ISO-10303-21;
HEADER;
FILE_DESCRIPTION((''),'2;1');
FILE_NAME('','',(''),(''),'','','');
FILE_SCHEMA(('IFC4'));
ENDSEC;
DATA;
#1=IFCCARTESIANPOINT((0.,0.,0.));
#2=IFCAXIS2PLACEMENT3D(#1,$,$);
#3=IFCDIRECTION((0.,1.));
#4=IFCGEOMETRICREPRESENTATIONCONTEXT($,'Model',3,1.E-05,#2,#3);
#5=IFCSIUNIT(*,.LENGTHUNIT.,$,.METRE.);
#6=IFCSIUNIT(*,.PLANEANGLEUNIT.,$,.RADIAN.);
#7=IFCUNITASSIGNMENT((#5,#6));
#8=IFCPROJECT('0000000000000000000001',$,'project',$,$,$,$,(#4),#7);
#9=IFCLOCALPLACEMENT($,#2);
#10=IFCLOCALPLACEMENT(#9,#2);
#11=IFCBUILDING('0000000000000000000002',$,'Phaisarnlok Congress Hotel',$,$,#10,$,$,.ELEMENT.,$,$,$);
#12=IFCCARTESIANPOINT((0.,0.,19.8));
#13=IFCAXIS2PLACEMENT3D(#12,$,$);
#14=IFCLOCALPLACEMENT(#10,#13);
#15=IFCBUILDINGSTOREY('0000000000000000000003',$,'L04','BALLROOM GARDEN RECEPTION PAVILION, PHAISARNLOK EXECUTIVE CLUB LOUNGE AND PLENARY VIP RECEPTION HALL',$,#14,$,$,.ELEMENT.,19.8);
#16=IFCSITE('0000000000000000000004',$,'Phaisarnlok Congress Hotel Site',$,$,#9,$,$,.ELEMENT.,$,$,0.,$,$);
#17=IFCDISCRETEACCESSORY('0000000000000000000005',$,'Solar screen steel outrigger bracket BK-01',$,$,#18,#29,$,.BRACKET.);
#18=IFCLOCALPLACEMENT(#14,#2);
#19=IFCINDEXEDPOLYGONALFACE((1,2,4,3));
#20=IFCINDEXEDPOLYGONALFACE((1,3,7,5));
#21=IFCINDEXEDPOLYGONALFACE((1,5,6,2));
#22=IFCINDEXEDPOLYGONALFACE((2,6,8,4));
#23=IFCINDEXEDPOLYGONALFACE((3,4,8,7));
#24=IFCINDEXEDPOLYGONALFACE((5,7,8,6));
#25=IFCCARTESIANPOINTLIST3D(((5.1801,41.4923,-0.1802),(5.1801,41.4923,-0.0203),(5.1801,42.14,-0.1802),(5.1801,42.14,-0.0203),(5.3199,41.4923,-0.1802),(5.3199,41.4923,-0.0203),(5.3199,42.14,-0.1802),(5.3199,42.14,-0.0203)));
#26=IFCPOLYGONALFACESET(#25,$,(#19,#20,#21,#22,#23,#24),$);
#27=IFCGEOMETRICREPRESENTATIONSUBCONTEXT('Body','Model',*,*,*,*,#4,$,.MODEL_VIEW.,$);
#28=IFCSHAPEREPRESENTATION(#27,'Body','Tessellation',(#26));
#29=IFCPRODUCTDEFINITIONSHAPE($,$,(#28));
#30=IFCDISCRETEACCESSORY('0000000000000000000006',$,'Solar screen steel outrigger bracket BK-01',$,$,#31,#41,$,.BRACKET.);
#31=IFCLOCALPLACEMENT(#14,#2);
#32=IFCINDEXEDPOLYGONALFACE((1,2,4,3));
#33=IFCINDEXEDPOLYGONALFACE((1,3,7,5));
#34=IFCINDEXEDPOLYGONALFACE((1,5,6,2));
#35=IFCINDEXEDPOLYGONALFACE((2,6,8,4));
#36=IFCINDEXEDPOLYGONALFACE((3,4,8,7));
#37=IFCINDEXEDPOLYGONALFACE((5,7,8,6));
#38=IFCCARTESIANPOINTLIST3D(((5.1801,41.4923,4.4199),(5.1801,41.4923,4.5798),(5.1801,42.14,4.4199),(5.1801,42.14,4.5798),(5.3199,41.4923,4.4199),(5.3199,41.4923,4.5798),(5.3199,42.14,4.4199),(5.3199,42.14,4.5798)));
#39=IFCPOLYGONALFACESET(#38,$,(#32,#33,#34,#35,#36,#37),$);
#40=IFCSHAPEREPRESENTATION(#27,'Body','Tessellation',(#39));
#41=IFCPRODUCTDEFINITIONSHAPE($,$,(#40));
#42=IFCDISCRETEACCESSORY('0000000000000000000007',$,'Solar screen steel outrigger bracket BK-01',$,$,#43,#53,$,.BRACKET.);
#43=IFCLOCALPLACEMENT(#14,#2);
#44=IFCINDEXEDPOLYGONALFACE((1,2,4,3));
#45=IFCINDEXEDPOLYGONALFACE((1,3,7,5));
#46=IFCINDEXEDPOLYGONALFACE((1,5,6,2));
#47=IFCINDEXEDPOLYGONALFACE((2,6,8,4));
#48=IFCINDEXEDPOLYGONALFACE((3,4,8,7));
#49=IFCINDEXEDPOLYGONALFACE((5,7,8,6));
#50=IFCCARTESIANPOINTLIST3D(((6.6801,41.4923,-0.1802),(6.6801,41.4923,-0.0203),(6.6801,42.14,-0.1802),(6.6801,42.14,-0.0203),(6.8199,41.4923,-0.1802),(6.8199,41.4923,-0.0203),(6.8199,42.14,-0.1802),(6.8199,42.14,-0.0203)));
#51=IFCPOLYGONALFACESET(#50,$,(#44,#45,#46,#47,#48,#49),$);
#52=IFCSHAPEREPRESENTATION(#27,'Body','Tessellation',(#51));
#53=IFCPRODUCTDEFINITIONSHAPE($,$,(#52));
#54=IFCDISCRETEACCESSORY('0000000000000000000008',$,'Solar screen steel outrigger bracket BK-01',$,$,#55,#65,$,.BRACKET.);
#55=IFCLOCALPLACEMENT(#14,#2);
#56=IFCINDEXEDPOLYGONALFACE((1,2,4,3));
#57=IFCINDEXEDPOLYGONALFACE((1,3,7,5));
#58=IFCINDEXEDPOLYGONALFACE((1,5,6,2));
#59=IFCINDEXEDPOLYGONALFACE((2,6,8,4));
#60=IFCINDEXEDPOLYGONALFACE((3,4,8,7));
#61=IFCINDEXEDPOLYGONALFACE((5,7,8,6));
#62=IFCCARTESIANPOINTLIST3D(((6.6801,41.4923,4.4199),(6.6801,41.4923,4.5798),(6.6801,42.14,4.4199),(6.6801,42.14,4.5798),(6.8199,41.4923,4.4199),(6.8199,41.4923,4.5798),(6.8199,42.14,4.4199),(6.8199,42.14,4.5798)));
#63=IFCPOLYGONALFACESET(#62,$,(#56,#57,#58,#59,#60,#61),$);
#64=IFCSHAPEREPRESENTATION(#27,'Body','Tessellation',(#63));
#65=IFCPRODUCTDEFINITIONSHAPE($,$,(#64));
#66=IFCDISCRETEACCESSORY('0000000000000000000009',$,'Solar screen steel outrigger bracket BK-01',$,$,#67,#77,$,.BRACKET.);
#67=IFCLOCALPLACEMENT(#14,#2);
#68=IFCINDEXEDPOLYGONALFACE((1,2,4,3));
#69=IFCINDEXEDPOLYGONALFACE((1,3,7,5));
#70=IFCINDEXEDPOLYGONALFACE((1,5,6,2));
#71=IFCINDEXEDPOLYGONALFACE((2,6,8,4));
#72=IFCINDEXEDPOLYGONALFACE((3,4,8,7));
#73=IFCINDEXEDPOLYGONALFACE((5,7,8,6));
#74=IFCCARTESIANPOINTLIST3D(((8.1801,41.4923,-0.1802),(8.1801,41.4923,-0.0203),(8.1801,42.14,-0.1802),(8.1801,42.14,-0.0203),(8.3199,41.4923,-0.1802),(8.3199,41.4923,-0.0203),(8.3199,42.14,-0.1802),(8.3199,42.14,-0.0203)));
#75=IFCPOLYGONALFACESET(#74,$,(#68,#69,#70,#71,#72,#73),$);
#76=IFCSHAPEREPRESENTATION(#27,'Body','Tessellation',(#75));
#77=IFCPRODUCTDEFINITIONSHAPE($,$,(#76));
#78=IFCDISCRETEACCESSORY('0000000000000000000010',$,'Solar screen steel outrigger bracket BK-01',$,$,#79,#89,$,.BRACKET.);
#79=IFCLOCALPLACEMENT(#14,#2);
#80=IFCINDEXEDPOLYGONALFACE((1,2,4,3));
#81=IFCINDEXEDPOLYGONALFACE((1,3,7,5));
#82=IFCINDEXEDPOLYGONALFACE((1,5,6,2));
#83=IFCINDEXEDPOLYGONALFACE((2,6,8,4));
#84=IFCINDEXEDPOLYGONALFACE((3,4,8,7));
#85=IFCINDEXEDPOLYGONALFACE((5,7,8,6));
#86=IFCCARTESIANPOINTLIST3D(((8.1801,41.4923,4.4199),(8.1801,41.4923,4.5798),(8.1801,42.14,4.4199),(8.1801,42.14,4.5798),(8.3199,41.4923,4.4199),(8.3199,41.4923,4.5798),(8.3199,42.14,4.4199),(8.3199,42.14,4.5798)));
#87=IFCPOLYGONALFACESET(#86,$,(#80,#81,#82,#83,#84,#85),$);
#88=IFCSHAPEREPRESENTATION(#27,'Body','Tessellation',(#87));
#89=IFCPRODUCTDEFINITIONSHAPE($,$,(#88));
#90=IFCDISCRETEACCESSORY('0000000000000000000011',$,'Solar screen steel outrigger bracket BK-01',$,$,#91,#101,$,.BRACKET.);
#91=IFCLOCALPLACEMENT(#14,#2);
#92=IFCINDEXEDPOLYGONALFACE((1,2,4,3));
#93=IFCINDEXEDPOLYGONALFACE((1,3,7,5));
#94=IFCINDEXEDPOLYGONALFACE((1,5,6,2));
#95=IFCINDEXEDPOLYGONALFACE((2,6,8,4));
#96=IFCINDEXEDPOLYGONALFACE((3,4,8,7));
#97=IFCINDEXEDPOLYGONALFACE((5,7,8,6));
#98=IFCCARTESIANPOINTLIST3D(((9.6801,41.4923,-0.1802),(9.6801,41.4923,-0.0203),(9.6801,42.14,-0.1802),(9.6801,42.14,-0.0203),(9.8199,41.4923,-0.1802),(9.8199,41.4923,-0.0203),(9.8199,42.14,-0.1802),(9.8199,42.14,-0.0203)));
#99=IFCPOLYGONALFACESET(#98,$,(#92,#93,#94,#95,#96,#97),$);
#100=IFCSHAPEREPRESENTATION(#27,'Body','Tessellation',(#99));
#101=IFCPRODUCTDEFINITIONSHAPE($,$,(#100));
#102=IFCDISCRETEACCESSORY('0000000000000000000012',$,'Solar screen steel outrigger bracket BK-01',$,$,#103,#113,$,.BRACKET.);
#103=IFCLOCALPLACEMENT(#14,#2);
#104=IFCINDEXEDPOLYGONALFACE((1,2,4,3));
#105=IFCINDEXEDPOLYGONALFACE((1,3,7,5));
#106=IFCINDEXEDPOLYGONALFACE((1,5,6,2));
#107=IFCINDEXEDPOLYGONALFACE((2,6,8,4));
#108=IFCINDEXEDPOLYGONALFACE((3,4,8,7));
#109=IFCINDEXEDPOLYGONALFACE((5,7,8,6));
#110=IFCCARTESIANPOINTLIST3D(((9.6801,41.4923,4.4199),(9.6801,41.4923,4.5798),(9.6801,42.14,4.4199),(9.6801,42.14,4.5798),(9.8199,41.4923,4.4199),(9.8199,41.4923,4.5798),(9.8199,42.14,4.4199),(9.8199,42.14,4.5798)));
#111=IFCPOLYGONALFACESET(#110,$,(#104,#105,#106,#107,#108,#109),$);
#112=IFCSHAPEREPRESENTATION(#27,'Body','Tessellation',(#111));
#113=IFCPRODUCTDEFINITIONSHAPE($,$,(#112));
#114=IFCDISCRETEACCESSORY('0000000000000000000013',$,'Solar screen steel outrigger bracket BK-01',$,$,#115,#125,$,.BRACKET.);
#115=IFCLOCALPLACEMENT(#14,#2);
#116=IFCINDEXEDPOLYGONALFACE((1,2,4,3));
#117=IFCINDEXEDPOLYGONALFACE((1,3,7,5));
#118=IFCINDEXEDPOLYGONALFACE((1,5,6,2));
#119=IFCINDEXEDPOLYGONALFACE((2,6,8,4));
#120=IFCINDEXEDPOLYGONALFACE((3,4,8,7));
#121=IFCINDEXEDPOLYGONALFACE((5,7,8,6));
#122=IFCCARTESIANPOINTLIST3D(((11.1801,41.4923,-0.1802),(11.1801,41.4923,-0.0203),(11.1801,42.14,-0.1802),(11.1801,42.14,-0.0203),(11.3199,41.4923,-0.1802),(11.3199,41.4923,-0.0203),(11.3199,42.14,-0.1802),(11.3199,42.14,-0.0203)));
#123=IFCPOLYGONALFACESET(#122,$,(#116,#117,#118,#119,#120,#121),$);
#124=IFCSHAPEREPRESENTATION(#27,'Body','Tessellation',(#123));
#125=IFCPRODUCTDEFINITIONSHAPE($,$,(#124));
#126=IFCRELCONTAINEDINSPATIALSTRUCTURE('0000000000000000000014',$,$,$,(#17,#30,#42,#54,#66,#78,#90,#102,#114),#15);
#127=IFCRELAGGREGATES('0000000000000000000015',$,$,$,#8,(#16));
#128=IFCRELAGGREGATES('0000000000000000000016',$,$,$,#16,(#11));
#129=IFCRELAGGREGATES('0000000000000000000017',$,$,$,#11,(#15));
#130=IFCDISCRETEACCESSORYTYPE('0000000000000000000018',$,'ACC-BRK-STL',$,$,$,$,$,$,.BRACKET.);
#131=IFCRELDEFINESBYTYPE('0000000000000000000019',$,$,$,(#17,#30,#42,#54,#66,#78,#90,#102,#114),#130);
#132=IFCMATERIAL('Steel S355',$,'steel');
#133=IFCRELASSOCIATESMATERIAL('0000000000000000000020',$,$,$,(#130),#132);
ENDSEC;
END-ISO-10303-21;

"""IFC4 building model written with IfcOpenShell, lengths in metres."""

from ifc_helpers import new_model, si_unit, direction, frame, origin, origin_2d, place, context, subcontext, project, spatial, rectangle, extrude, material, type_object, element, save


model = new_model("IFC4")

# Units and contexts
model_context = context("Model", 3, precision=1e-05, world=origin(), true_north=direction((0.0, 1.0)))
body_context = subcontext(model_context, "Body", "Model", "MODEL_VIEW")
ifc_project = project(units=[si_unit("LENGTHUNIT", "METRE"), si_unit("PLANEANGLEUNIT", "RADIAN")], contexts=[model_context])

# Site, building, storey
site_placement = place(None, origin())
site = spatial("IfcSite", under=ifc_project, at=site_placement, Name="Phaisarnlok Congress Hotel Site", CompositionType="ELEMENT", RefElevation=0.0)
building_placement = place(site_placement, origin())
building = spatial("IfcBuilding", under=site, at=building_placement, Name="Phaisarnlok Congress Hotel", CompositionType="ELEMENT")
storey_placement = place(building_placement, frame((0.0, 0.0, 19.8)))
storey = spatial("IfcBuildingStorey", under=building, at=storey_placement, Name="L04", Description="BALLROOM GARDEN RECEPTION PAVILION, PHAISARNLOK EXECUTIVE CLUB LOUNGE AND PLENARY VIP RECEPTION HALL", CompositionType="ELEMENT", Elevation=19.8)

# Shared definitions
ifc_material_1 = material(Name="Steel S355", Category="steel")

# Discrete accessories
discrete_accessory_type = type_object("IfcDiscreteAccessoryType", Name="ACC-BRK-STL", PredefinedType="BRACKET", material=ifc_material_1)
for number, where, z_axis, x_axis, name in (
    (1, (5.25, 41.8162, -0.1802), (0.0, 0.0, 1.0), (1.0, 0.0, 0.0), "Solar screen steel outrigger bracket BK-01"),
    (2, (5.25, 41.8162, 4.4199), (0.0, 0.0, 1.0), (1.0, 0.0, 0.0), "Solar screen steel outrigger bracket BK-01"),
    (3, (6.75, 41.8162, -0.1802), (0.0, 0.0, 1.0), (1.0, 0.0, 0.0), "Solar screen steel outrigger bracket BK-01"),
    (4, (6.75, 41.8162, 4.4199), (0.0, 0.0, 1.0), (1.0, 0.0, 0.0), "Solar screen steel outrigger bracket BK-01"),
    (5, (8.25, 41.8162, -0.1802), (0.0, 0.0, 1.0), (1.0, 0.0, 0.0), "Solar screen steel outrigger bracket BK-01"),
    (6, (8.25, 41.8162, 4.4199), (0.0, 0.0, 1.0), (1.0, 0.0, 0.0), "Solar screen steel outrigger bracket BK-01"),
    (7, (9.75, 41.8162, -0.1802), (0.0, 0.0, 1.0), (1.0, 0.0, 0.0), "Solar screen steel outrigger bracket BK-01"),
    (8, (9.75, 41.8162, 4.4199), (0.0, 0.0, 1.0), (1.0, 0.0, 0.0), "Solar screen steel outrigger bracket BK-01"),
    (9, (11.25, 41.8162, -0.1802), (0.0, 0.0, 1.0), (1.0, 0.0, 0.0), "Solar screen steel outrigger bracket BK-01"),
):
    element("IfcDiscreteAccessory", number, at=place(storey_placement, frame(where, z_axis=z_axis, x_axis=x_axis)), inside=storey, type_object=discrete_accessory_type, Name=name, PredefinedType="BRACKET", context=body_context, shape_type="SweptSolid", body=[
        extrude(rectangle(XDim=0.1399, YDim=0.6477, at=origin_2d()), origin(), (0.0, 0.0, 1.0), 0.1599),
    ])

save(model, "model.ifc")
